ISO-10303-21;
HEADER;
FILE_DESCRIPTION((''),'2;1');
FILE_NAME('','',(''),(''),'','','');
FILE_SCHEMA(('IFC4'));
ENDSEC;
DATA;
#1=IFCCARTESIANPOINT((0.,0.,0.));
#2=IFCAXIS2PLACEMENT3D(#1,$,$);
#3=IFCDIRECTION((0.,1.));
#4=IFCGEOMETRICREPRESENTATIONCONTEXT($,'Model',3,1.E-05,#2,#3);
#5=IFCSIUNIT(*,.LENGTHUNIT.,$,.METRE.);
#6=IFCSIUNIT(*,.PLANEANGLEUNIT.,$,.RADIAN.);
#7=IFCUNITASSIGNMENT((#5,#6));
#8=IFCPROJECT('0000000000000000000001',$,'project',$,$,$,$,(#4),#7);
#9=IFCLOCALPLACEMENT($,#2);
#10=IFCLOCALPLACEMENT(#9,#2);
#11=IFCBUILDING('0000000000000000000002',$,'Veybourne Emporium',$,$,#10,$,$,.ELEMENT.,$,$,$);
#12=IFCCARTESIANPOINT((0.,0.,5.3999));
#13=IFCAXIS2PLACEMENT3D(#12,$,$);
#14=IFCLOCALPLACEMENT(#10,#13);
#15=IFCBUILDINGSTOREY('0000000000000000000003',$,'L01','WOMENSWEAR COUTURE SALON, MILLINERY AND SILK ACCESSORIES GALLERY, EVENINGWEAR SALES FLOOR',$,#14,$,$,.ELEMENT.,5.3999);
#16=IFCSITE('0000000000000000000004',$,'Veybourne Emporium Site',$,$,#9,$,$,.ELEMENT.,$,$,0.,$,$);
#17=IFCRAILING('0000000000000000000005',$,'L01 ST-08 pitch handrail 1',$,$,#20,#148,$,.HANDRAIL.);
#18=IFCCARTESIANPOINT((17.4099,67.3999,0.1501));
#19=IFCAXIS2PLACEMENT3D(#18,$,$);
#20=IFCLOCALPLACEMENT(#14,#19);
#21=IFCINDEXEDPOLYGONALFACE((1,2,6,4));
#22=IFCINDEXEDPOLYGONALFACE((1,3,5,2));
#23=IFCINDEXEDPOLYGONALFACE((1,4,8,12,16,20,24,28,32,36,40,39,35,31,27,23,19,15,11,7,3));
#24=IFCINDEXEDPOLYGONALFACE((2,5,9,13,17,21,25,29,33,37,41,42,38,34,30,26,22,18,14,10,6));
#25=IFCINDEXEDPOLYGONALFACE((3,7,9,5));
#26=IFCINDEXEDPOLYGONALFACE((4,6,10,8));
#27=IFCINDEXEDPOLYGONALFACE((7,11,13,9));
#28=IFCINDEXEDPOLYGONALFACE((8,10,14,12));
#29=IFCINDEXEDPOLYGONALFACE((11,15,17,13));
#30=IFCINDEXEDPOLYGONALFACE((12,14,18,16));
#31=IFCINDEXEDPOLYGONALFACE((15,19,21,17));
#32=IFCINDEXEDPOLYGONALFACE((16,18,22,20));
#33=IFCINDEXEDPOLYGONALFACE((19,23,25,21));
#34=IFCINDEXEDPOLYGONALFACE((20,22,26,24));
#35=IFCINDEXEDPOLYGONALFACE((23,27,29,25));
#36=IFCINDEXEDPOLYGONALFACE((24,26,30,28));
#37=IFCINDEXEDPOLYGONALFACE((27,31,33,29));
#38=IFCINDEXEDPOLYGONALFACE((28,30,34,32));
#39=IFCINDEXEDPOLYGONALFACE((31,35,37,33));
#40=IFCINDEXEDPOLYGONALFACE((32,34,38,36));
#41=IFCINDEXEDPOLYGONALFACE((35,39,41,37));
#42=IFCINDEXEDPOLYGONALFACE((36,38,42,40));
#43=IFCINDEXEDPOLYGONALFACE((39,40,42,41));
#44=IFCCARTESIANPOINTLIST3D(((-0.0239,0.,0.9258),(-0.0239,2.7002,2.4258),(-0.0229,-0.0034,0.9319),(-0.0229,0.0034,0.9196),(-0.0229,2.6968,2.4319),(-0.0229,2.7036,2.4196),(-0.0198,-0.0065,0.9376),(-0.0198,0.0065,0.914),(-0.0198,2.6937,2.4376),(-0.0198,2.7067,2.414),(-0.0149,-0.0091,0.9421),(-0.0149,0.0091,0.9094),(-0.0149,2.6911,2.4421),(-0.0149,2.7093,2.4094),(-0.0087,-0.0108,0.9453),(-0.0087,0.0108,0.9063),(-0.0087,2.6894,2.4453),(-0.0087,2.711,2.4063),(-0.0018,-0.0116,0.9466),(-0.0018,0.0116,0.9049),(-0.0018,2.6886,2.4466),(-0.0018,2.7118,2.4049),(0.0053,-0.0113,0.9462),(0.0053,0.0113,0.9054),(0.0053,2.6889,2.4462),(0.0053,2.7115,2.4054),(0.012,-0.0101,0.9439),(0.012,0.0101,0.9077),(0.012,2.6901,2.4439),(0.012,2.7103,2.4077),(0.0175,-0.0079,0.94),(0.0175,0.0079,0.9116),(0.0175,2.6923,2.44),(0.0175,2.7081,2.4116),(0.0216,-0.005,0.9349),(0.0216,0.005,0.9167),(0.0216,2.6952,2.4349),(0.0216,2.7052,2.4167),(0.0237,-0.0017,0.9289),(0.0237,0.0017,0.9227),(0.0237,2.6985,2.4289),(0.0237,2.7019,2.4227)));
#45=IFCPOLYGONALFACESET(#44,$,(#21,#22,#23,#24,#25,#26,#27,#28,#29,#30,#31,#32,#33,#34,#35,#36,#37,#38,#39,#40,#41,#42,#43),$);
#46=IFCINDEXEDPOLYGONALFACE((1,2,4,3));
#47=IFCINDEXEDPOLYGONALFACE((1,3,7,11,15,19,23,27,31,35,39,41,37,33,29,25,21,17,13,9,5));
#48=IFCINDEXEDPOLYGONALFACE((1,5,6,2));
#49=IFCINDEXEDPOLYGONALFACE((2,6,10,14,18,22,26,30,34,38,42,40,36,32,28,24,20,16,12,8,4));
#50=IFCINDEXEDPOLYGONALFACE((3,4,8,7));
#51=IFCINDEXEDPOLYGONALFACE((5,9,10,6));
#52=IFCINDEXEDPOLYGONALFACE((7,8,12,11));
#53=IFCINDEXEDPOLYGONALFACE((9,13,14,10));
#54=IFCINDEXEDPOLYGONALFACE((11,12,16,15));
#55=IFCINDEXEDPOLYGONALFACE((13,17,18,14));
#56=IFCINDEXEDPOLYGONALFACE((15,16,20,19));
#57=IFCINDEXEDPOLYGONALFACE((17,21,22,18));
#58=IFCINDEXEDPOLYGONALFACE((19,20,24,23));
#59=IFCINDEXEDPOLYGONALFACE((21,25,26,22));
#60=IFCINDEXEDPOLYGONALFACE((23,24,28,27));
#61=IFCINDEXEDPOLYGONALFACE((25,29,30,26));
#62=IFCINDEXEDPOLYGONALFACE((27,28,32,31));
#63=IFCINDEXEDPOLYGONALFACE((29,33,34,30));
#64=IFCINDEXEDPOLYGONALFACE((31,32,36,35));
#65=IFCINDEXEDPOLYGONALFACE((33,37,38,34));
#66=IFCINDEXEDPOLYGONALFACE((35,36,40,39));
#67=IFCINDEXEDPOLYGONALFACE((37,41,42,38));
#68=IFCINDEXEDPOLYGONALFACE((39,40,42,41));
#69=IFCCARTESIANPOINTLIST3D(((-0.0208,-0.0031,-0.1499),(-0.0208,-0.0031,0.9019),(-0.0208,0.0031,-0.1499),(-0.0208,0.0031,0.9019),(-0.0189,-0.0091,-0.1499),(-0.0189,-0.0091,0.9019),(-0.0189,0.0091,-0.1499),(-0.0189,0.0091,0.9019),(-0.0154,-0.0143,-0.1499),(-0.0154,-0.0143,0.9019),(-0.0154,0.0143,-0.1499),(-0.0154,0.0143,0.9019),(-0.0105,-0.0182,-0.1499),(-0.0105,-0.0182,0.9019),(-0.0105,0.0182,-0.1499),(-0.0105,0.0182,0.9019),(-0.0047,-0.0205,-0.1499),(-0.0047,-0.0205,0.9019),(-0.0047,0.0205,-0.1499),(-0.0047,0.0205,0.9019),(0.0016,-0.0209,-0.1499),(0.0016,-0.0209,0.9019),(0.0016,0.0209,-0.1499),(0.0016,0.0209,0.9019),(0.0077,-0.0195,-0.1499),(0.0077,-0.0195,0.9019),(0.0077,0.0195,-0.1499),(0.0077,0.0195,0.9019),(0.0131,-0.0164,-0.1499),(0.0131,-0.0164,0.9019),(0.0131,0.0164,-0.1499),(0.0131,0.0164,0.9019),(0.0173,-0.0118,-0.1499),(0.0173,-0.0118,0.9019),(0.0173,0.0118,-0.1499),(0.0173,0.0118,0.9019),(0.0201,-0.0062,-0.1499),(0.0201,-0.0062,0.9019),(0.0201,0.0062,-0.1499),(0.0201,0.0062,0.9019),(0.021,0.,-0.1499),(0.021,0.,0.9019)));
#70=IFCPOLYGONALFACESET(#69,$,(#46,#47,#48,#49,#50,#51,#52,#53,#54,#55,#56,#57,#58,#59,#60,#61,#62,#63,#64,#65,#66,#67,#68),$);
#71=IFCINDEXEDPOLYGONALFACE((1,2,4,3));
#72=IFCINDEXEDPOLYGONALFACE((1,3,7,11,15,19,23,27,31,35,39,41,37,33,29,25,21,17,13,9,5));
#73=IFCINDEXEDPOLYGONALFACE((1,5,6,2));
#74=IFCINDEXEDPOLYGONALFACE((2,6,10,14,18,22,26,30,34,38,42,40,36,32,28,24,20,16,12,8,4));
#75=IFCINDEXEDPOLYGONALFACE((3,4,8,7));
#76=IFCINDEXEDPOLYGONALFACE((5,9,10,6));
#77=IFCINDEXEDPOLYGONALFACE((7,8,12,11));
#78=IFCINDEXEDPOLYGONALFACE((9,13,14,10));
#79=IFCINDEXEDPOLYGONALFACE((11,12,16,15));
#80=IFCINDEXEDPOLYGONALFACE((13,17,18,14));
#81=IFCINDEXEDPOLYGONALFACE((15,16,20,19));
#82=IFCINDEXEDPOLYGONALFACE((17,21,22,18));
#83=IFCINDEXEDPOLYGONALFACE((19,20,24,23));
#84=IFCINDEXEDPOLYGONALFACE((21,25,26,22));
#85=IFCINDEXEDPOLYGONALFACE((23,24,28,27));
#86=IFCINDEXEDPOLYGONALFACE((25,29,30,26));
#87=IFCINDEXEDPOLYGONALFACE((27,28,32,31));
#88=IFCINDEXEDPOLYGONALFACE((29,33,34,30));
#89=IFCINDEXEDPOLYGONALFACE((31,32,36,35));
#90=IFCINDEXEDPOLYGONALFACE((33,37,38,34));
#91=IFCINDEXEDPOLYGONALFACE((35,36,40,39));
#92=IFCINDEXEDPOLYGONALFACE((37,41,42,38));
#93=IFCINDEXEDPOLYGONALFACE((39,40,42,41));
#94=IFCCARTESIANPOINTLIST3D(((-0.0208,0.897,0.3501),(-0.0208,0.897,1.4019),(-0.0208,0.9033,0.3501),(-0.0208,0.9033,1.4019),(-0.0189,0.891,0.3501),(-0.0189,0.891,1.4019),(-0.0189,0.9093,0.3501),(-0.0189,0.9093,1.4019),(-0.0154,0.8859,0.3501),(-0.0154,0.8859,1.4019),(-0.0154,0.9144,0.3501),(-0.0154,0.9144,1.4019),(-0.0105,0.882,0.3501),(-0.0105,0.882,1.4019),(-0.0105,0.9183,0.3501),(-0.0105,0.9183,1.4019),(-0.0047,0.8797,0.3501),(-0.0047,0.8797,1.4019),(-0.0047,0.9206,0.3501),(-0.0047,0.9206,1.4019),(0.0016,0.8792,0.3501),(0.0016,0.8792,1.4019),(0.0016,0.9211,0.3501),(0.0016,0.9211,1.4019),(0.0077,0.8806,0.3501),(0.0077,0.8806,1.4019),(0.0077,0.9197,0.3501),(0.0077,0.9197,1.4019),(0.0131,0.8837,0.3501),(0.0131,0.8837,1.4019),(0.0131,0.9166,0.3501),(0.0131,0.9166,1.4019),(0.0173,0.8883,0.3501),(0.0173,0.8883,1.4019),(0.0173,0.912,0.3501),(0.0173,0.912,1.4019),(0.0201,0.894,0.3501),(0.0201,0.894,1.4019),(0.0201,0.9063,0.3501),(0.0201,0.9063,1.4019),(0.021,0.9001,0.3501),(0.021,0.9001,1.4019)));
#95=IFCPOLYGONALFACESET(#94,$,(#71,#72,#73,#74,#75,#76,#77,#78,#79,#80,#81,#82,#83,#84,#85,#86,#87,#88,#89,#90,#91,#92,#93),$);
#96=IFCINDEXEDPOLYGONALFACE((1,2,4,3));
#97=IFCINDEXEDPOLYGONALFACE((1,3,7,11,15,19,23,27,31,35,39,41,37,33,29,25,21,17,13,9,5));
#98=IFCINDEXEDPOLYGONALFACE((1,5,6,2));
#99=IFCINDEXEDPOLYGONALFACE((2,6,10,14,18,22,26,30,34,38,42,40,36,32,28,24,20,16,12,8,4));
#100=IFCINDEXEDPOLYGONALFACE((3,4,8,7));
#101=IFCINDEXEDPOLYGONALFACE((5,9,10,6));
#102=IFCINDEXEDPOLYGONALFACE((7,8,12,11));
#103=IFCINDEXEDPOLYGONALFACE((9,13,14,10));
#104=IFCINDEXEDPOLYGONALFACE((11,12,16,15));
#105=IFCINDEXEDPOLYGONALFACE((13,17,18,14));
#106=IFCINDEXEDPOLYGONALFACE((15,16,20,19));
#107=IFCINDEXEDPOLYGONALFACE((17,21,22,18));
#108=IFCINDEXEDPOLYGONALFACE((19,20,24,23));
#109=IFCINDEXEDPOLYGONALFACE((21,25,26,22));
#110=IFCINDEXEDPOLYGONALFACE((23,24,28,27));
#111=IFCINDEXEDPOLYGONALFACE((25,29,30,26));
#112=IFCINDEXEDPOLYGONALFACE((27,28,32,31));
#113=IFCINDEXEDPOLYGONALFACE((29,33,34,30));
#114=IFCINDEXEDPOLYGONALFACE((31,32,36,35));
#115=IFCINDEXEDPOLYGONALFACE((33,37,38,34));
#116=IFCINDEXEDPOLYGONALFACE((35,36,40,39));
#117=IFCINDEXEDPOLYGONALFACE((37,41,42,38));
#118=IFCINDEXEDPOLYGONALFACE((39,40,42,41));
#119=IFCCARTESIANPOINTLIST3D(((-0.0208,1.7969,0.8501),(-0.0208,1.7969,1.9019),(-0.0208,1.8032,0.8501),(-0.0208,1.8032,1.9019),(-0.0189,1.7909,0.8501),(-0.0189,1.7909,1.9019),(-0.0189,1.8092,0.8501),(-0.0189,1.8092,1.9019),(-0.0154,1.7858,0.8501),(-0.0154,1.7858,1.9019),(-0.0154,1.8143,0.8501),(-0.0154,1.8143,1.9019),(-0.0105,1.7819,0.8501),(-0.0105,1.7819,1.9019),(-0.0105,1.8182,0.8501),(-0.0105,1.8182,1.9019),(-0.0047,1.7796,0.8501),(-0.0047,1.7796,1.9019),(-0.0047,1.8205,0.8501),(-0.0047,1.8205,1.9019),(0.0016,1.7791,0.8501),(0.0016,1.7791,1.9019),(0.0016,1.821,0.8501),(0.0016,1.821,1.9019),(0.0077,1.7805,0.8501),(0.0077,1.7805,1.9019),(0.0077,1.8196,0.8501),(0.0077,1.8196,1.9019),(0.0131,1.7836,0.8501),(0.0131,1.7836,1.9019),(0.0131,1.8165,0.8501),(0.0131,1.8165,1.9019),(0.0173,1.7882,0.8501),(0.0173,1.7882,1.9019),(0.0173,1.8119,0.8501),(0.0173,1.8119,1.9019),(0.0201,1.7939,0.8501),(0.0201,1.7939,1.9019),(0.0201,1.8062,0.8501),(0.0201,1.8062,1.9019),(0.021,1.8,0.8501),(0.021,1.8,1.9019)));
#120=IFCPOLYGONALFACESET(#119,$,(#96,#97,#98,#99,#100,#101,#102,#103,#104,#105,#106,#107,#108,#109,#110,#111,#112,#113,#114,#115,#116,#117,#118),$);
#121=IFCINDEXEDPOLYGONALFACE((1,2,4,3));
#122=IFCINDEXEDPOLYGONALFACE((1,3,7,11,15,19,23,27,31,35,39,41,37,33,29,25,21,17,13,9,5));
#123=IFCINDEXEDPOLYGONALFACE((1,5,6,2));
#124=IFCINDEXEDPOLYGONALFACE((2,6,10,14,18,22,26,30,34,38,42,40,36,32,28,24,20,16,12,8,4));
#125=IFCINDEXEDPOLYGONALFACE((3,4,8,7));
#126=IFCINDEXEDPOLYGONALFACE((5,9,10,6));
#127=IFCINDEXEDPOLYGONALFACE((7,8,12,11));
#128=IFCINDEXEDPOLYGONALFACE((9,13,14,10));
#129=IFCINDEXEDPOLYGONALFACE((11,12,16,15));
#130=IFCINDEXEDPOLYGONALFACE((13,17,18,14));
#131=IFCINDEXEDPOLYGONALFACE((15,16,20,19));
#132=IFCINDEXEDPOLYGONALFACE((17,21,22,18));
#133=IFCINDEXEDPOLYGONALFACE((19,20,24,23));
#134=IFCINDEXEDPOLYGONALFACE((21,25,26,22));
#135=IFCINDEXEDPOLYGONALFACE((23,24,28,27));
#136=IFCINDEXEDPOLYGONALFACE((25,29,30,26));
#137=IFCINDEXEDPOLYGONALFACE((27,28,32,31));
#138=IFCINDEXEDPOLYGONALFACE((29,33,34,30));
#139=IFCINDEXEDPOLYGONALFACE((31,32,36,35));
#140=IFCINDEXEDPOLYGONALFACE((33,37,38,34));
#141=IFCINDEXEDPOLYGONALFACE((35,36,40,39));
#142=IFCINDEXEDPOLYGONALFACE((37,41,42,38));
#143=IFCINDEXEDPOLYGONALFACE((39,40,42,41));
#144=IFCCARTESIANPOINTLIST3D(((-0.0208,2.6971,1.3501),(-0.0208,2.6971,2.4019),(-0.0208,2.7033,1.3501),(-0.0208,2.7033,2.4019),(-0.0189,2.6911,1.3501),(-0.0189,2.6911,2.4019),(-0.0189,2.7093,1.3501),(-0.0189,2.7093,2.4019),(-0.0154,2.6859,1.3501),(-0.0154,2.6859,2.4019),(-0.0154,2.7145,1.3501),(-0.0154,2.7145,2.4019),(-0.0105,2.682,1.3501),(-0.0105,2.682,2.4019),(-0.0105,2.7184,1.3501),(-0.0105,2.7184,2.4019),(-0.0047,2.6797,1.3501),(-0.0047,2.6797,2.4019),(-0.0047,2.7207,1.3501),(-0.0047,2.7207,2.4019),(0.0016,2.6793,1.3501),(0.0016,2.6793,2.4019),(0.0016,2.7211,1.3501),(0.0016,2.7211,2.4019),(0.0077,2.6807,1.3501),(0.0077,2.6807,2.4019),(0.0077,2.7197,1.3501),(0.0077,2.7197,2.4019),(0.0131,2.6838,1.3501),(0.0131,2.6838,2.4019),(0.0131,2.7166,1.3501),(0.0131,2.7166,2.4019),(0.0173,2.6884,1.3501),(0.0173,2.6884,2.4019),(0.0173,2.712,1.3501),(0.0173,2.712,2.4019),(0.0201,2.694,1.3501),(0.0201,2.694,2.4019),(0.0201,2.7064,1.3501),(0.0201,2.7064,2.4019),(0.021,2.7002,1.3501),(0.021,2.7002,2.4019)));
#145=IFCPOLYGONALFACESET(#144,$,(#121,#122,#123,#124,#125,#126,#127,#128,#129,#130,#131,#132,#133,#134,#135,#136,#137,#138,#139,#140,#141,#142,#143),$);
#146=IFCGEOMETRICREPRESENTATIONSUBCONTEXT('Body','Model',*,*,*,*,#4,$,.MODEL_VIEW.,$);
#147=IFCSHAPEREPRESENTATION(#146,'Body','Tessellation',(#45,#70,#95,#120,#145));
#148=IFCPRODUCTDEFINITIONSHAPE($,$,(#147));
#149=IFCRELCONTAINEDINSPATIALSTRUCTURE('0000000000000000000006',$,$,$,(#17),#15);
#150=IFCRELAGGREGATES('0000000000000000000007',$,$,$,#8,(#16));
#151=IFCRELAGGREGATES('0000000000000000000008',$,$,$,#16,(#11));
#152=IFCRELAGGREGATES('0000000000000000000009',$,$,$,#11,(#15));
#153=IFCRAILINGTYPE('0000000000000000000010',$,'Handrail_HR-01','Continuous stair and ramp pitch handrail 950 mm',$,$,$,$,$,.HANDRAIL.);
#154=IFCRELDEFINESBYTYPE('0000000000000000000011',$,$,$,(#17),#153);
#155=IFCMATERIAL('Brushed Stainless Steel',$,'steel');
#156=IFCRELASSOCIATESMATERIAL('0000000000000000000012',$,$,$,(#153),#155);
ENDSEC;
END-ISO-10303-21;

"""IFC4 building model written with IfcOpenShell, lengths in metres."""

from ifc_helpers import new_model, si_unit, direction, frame, origin, origin_2d, place, context, subcontext, project, spatial, circle, extrude, material, type_object, element, save


model = new_model("IFC4")

# Units and contexts
model_context = context("Model", 3, precision=1e-05, world=origin(), true_north=direction((0.0, 1.0)))
body_context = subcontext(model_context, "Body", "Model", "MODEL_VIEW")
ifc_project = project(units=[si_unit("LENGTHUNIT", "METRE"), si_unit("PLANEANGLEUNIT", "RADIAN")], contexts=[model_context])

# Site, building, storey
site_placement = place(None, origin())
site = spatial("IfcSite", under=ifc_project, at=site_placement, Name="Veybourne Emporium Site", CompositionType="ELEMENT", RefElevation=0.0)
building_placement = place(site_placement, origin())
building = spatial("IfcBuilding", under=site, at=building_placement, Name="Veybourne Emporium", CompositionType="ELEMENT")
storey_placement = place(building_placement, frame((0.0, 0.0, 5.3999)))
storey = spatial("IfcBuildingStorey", under=building, at=storey_placement, Name="L01", Description="WOMENSWEAR COUTURE SALON, MILLINERY AND SILK ACCESSORIES GALLERY, EVENINGWEAR SALES FLOOR", CompositionType="ELEMENT", Elevation=5.3999)

# Railing
ifc_material_1 = material(Name="Brushed Stainless Steel", Category="steel")
railing_type_1 = type_object("IfcRailingType", Name="Handrail_HR-01", Description="Continuous stair and ramp pitch handrail 950 mm", PredefinedType="HANDRAIL", material=ifc_material_1)
railing_1_placement = place(storey_placement, frame((17.4099, 67.3999, 0.1501)))
element("IfcRailing", 1, at=railing_1_placement, inside=storey, type_object=railing_type_1, Name="L01 ST-08 pitch handrail 1", PredefinedType="HANDRAIL", context=body_context, shape_type="SweptSolid", body=[
    extrude(circle(Radius=0.0239, at=origin_2d()), frame((0.0, 0.0, 0.9258), z_axis=(0.0, 0.874172, 0.485616), x_axis=(-1.0, 0.0, 0.0)), (0.0, 0.0, 1.0), 3.0889),
    extrude(circle(Radius=0.021, at=origin_2d()), frame((0.0, 0.0, -0.1499)), (0.0, 0.0, 1.0), 1.0518),
    extrude(circle(Radius=0.021, at=origin_2d()), frame((0.0, 0.9001, 0.3501)), (0.0, 0.0, 1.0), 1.0518),
    extrude(circle(Radius=0.021, at=origin_2d()), frame((0.0, 1.8, 0.8501)), (0.0, 0.0, 1.0), 1.0518),
    extrude(circle(Radius=0.021, at=origin_2d()), frame((0.0, 2.7002, 1.3501)), (0.0, 0.0, 1.0), 1.0518),
])

save(model, "model.ifc")
